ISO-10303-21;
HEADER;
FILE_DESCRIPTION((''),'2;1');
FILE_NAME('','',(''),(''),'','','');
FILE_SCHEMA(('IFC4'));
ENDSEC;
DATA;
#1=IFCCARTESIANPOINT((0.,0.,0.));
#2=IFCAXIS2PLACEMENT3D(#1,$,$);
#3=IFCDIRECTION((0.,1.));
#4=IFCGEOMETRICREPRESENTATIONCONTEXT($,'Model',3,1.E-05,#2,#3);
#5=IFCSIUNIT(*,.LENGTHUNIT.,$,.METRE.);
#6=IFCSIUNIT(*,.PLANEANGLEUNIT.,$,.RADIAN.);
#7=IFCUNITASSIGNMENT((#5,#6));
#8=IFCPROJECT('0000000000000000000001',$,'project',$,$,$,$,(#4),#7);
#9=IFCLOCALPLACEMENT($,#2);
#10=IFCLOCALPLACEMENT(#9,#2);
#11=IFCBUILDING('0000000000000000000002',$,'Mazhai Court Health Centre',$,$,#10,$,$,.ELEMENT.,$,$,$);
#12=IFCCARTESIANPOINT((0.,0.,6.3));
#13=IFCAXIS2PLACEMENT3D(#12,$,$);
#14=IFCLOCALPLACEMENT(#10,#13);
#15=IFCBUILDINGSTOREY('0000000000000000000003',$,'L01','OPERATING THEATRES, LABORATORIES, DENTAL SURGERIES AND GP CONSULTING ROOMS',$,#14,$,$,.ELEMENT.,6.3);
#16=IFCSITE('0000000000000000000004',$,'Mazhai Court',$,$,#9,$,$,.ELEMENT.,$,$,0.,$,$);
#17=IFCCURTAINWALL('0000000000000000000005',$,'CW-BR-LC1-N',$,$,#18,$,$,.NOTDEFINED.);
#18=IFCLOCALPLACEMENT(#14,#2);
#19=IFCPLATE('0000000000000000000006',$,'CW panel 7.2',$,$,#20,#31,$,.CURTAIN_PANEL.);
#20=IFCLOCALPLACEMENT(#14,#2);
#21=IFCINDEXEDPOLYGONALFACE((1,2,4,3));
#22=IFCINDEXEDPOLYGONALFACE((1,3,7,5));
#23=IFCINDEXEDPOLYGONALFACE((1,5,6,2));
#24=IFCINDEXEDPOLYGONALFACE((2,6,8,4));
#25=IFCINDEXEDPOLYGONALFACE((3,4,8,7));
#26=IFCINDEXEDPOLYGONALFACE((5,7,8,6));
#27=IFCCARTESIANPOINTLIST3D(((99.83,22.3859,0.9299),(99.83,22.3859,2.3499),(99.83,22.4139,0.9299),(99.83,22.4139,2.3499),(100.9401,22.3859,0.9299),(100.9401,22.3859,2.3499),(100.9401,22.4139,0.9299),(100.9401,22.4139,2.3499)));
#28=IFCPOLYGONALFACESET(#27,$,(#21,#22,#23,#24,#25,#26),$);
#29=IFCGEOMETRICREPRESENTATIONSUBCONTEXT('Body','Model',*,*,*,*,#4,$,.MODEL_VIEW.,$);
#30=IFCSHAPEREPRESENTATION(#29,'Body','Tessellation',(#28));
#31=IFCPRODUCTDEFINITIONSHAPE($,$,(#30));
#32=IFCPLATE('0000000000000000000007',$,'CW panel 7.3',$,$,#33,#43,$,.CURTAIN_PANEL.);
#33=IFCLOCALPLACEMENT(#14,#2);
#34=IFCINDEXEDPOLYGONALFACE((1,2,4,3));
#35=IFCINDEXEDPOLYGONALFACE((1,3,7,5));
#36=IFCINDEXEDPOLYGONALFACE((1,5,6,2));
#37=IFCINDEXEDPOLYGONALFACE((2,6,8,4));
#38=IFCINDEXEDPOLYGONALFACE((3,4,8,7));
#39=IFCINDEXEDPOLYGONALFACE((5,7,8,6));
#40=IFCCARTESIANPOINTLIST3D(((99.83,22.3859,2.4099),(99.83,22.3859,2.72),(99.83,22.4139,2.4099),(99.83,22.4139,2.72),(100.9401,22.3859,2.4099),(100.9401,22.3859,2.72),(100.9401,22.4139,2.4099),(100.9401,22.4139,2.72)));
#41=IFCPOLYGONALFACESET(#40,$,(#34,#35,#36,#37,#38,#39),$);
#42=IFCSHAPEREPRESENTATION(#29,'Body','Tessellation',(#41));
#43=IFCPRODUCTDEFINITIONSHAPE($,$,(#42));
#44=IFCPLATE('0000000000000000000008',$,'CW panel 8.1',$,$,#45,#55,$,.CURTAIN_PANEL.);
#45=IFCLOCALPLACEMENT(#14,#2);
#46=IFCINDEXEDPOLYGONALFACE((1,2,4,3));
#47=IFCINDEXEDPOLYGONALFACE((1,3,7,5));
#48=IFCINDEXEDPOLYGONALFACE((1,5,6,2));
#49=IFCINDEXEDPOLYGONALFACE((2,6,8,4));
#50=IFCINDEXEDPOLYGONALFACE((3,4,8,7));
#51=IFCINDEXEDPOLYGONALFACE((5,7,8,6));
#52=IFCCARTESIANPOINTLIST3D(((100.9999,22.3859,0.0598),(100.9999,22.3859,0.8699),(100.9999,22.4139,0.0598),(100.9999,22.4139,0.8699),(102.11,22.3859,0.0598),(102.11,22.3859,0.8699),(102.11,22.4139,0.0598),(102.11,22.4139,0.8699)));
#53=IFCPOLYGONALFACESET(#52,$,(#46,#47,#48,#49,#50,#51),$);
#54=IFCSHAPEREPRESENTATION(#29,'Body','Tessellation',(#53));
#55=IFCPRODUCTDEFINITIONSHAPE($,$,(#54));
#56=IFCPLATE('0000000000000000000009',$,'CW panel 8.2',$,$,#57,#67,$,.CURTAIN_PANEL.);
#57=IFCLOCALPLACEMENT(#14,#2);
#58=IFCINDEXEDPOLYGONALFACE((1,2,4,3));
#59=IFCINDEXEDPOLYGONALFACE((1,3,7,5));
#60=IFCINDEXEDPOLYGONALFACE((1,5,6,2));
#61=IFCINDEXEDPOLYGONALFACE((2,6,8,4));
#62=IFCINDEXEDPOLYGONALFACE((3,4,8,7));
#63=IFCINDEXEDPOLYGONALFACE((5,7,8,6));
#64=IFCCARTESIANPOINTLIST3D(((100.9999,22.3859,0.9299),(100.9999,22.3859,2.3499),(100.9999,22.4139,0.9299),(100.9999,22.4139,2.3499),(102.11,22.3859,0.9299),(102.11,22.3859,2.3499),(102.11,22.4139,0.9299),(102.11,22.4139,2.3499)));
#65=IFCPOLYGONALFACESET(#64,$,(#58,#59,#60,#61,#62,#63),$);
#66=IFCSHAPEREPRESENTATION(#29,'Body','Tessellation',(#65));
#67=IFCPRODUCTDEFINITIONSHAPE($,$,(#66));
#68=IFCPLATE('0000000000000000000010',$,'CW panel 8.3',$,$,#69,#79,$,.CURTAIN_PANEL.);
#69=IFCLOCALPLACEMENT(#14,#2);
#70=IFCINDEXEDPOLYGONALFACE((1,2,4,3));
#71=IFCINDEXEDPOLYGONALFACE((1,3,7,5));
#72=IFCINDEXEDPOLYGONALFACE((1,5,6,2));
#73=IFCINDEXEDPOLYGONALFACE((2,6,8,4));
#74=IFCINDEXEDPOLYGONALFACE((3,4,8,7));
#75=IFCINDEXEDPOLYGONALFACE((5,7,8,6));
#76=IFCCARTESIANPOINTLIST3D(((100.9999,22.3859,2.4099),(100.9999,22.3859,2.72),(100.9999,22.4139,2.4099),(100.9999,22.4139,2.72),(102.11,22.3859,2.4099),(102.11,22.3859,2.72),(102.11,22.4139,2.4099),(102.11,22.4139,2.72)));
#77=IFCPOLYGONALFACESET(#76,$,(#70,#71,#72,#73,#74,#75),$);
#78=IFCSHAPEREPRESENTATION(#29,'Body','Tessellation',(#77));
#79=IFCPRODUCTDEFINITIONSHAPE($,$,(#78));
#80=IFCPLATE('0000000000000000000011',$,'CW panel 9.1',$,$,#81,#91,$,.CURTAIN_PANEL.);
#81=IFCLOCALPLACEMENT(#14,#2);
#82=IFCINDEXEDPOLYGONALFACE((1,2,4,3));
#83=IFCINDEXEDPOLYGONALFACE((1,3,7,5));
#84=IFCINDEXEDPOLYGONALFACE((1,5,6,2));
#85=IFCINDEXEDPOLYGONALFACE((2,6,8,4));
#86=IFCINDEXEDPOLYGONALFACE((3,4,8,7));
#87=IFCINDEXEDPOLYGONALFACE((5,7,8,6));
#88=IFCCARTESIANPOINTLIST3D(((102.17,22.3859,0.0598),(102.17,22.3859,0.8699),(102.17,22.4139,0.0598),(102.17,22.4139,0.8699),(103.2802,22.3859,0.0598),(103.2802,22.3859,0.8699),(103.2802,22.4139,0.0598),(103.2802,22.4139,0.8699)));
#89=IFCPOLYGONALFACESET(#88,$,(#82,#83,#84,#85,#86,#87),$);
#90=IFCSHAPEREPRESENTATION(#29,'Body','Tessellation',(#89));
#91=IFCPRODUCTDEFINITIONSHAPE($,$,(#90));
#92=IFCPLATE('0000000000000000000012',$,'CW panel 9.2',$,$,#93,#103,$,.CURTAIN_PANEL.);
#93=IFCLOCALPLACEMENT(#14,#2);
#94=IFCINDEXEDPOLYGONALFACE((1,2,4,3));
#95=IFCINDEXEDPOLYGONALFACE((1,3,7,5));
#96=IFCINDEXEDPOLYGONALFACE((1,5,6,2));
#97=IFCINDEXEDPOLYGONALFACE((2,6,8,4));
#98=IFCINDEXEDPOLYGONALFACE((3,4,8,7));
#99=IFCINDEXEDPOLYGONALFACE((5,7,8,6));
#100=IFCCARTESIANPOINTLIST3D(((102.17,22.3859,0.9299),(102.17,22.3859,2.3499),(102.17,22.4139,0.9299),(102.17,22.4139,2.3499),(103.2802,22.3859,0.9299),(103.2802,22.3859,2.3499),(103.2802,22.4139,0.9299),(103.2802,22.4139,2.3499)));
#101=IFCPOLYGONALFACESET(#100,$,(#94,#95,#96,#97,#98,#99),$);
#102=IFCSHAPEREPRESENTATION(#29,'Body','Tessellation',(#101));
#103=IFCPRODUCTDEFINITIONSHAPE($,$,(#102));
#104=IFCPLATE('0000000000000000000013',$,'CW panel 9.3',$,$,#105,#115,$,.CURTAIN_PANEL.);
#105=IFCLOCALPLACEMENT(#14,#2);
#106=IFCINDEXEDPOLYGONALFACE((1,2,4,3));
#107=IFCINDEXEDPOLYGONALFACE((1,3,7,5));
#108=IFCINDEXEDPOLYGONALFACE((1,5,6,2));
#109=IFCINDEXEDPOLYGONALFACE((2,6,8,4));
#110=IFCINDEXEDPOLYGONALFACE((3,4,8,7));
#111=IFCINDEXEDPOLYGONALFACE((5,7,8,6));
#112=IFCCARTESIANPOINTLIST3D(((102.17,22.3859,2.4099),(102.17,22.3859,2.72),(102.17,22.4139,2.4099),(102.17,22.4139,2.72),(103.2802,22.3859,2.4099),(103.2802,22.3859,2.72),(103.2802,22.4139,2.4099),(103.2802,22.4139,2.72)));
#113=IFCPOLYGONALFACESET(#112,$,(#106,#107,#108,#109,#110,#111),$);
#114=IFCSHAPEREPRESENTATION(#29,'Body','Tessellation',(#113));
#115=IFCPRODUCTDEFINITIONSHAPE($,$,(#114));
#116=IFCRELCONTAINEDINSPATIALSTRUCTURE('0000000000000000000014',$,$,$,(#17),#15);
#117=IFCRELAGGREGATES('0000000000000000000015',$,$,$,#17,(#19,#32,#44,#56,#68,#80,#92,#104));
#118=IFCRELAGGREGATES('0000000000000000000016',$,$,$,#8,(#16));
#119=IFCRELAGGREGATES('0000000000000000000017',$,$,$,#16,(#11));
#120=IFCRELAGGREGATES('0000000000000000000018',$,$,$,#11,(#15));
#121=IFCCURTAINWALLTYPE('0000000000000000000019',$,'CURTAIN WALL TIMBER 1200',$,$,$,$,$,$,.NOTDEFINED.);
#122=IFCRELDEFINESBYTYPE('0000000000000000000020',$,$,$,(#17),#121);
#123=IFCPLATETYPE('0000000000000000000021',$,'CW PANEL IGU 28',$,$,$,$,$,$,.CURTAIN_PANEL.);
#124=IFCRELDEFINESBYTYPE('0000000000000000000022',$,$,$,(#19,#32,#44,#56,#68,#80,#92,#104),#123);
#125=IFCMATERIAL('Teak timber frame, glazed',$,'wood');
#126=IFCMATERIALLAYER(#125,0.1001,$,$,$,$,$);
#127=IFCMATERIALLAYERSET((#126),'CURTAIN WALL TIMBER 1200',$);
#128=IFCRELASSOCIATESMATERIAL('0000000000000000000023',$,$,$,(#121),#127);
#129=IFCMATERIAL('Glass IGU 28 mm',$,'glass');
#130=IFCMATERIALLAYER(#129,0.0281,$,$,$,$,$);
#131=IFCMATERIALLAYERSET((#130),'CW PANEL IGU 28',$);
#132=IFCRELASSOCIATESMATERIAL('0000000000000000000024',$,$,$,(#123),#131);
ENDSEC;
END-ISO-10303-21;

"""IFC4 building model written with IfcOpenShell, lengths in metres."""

from ifc_helpers import new_model, si_unit, direction, frame, origin, origin_2d, place, context, subcontext, project, spatial, rectangle, extrude, material, layer, layer_set, type_object, element, aggregate, save


model = new_model("IFC4")

# Units and contexts
model_context = context("Model", 3, precision=1e-05, world=origin(), true_north=direction((0.0, 1.0)))
body_context = subcontext(model_context, "Body", "Model", "MODEL_VIEW")
ifc_project = project(units=[si_unit("LENGTHUNIT", "METRE"), si_unit("PLANEANGLEUNIT", "RADIAN")], contexts=[model_context])

# Site, building, storey
site_placement = place(None, origin())
site = spatial("IfcSite", under=ifc_project, at=site_placement, Name="Mazhai Court", CompositionType="ELEMENT", RefElevation=0.0)
building_placement = place(site_placement, origin())
building = spatial("IfcBuilding", under=site, at=building_placement, Name="Mazhai Court Health Centre", CompositionType="ELEMENT")
storey_placement = place(building_placement, frame((0.0, 0.0, 6.3)))
storey = spatial("IfcBuildingStorey", under=building, at=storey_placement, Name="L01", Description="OPERATING THEATRES, LABORATORIES, DENTAL SURGERIES AND GP CONSULTING ROOMS", CompositionType="ELEMENT", Elevation=6.3)

# Curtain wall, plates
ifc_material_1 = material(Name="Teak timber frame, glazed", Category="wood")
ifc_layer_1 = layer(ifc_material_1, 0.1001)
ifc_layer_set_1 = layer_set([ifc_layer_1], Name="CURTAIN WALL TIMBER 1200")
curtain_wall_type = type_object("IfcCurtainWallType", Name="CURTAIN WALL TIMBER 1200", PredefinedType="NOTDEFINED", material=ifc_layer_set_1)
curtain_wall_placement = place(storey_placement, origin())
curtain_wall = element("IfcCurtainWall", 1, at=curtain_wall_placement, inside=storey, type_object=curtain_wall_type, Name="CW-BR-LC1-N", PredefinedType="NOTDEFINED")
ifc_material_2 = material(Name="Glass IGU 28 mm", Category="glass")
ifc_layer_2 = layer(ifc_material_2, 0.0281)
ifc_layer_set_2 = layer_set([ifc_layer_2], Name="CW PANEL IGU 28")
plate_type = type_object("IfcPlateType", Name="CW PANEL IGU 28", PredefinedType="CURTAIN_PANEL", material=ifc_layer_set_2)
plate_1_placement = place(storey_placement, frame((100.385, 22.3999, 0.9299), z_axis=(0.0, 0.0, 1.0), x_axis=(1.0, 0.0, 0.0)))
plate_1 = element("IfcPlate", 2, at=plate_1_placement, type_object=plate_type, Name="CW panel 7.2", PredefinedType="CURTAIN_PANEL", context=body_context, shape_type="SweptSolid", body=[
    extrude(rectangle(XDim=1.1101, YDim=0.0281, at=origin_2d()), origin(), (0.0, 0.0, 1.0), 1.4199),
])
plate_2_placement = place(storey_placement, frame((100.385, 22.3999, 2.4099), z_axis=(0.0, 0.0, 1.0), x_axis=(1.0, 0.0, 0.0)))
plate_2 = element("IfcPlate", 3, at=plate_2_placement, type_object=plate_type, Name="CW panel 7.3", PredefinedType="CURTAIN_PANEL", context=body_context, shape_type="SweptSolid", body=[
    extrude(rectangle(XDim=1.1101, YDim=0.0281, at=origin_2d()), origin(), (0.0, 0.0, 1.0), 0.3101),
])
plate_3_placement = place(storey_placement, frame((101.5549, 22.3999, 0.0598), z_axis=(0.0, 0.0, 1.0), x_axis=(1.0, 0.0, 0.0)))
plate_3 = element("IfcPlate", 4, at=plate_3_placement, type_object=plate_type, Name="CW panel 8.1", PredefinedType="CURTAIN_PANEL", context=body_context, shape_type="SweptSolid", body=[
    extrude(rectangle(XDim=1.1101, YDim=0.0281, at=origin_2d()), origin(), (0.0, 0.0, 1.0), 0.8101),
])
plate_4_placement = place(storey_placement, frame((101.5549, 22.3999, 0.9299), z_axis=(0.0, 0.0, 1.0), x_axis=(1.0, 0.0, 0.0)))
plate_4 = element("IfcPlate", 5, at=plate_4_placement, type_object=plate_type, Name="CW panel 8.2", PredefinedType="CURTAIN_PANEL", context=body_context, shape_type="SweptSolid", body=[
    extrude(rectangle(XDim=1.1101, YDim=0.0281, at=origin_2d()), origin(), (0.0, 0.0, 1.0), 1.4199),
])
plate_5_placement = place(storey_placement, frame((101.5549, 22.3999, 2.4099), z_axis=(0.0, 0.0, 1.0), x_axis=(1.0, 0.0, 0.0)))
plate_5 = element("IfcPlate", 6, at=plate_5_placement, type_object=plate_type, Name="CW panel 8.3", PredefinedType="CURTAIN_PANEL", context=body_context, shape_type="SweptSolid", body=[
    extrude(rectangle(XDim=1.1101, YDim=0.0281, at=origin_2d()), origin(), (0.0, 0.0, 1.0), 0.3101),
])
plate_6_placement = place(storey_placement, frame((102.7251, 22.3999, 0.0598), z_axis=(0.0, 0.0, 1.0), x_axis=(1.0, 0.0, 0.0)))
plate_6 = element("IfcPlate", 7, at=plate_6_placement, type_object=plate_type, Name="CW panel 9.1", PredefinedType="CURTAIN_PANEL", context=body_context, shape_type="SweptSolid", body=[
    extrude(rectangle(XDim=1.1101, YDim=0.0281, at=origin_2d()), origin(), (0.0, 0.0, 1.0), 0.8101),
])
plate_7_placement = place(storey_placement, frame((102.7251, 22.3999, 0.9299), z_axis=(0.0, 0.0, 1.0), x_axis=(1.0, 0.0, 0.0)))
plate_7 = element("IfcPlate", 8, at=plate_7_placement, type_object=plate_type, Name="CW panel 9.2", PredefinedType="CURTAIN_PANEL", context=body_context, shape_type="SweptSolid", body=[
    extrude(rectangle(XDim=1.1101, YDim=0.0281, at=origin_2d()), origin(), (0.0, 0.0, 1.0), 1.4199),
])
plate_8_placement = place(storey_placement, frame((102.7251, 22.3999, 2.4099), z_axis=(0.0, 0.0, 1.0), x_axis=(1.0, 0.0, 0.0)))
plate_8 = element("IfcPlate", 9, at=plate_8_placement, type_object=plate_type, Name="CW panel 9.3", PredefinedType="CURTAIN_PANEL", context=body_context, shape_type="SweptSolid", body=[
    extrude(rectangle(XDim=1.1101, YDim=0.0281, at=origin_2d()), origin(), (0.0, 0.0, 1.0), 0.3101),
])
aggregate(curtain_wall, [plate_1, plate_2, plate_3, plate_4, plate_5, plate_6, plate_7, plate_8])

save(model, "model.ifc")
